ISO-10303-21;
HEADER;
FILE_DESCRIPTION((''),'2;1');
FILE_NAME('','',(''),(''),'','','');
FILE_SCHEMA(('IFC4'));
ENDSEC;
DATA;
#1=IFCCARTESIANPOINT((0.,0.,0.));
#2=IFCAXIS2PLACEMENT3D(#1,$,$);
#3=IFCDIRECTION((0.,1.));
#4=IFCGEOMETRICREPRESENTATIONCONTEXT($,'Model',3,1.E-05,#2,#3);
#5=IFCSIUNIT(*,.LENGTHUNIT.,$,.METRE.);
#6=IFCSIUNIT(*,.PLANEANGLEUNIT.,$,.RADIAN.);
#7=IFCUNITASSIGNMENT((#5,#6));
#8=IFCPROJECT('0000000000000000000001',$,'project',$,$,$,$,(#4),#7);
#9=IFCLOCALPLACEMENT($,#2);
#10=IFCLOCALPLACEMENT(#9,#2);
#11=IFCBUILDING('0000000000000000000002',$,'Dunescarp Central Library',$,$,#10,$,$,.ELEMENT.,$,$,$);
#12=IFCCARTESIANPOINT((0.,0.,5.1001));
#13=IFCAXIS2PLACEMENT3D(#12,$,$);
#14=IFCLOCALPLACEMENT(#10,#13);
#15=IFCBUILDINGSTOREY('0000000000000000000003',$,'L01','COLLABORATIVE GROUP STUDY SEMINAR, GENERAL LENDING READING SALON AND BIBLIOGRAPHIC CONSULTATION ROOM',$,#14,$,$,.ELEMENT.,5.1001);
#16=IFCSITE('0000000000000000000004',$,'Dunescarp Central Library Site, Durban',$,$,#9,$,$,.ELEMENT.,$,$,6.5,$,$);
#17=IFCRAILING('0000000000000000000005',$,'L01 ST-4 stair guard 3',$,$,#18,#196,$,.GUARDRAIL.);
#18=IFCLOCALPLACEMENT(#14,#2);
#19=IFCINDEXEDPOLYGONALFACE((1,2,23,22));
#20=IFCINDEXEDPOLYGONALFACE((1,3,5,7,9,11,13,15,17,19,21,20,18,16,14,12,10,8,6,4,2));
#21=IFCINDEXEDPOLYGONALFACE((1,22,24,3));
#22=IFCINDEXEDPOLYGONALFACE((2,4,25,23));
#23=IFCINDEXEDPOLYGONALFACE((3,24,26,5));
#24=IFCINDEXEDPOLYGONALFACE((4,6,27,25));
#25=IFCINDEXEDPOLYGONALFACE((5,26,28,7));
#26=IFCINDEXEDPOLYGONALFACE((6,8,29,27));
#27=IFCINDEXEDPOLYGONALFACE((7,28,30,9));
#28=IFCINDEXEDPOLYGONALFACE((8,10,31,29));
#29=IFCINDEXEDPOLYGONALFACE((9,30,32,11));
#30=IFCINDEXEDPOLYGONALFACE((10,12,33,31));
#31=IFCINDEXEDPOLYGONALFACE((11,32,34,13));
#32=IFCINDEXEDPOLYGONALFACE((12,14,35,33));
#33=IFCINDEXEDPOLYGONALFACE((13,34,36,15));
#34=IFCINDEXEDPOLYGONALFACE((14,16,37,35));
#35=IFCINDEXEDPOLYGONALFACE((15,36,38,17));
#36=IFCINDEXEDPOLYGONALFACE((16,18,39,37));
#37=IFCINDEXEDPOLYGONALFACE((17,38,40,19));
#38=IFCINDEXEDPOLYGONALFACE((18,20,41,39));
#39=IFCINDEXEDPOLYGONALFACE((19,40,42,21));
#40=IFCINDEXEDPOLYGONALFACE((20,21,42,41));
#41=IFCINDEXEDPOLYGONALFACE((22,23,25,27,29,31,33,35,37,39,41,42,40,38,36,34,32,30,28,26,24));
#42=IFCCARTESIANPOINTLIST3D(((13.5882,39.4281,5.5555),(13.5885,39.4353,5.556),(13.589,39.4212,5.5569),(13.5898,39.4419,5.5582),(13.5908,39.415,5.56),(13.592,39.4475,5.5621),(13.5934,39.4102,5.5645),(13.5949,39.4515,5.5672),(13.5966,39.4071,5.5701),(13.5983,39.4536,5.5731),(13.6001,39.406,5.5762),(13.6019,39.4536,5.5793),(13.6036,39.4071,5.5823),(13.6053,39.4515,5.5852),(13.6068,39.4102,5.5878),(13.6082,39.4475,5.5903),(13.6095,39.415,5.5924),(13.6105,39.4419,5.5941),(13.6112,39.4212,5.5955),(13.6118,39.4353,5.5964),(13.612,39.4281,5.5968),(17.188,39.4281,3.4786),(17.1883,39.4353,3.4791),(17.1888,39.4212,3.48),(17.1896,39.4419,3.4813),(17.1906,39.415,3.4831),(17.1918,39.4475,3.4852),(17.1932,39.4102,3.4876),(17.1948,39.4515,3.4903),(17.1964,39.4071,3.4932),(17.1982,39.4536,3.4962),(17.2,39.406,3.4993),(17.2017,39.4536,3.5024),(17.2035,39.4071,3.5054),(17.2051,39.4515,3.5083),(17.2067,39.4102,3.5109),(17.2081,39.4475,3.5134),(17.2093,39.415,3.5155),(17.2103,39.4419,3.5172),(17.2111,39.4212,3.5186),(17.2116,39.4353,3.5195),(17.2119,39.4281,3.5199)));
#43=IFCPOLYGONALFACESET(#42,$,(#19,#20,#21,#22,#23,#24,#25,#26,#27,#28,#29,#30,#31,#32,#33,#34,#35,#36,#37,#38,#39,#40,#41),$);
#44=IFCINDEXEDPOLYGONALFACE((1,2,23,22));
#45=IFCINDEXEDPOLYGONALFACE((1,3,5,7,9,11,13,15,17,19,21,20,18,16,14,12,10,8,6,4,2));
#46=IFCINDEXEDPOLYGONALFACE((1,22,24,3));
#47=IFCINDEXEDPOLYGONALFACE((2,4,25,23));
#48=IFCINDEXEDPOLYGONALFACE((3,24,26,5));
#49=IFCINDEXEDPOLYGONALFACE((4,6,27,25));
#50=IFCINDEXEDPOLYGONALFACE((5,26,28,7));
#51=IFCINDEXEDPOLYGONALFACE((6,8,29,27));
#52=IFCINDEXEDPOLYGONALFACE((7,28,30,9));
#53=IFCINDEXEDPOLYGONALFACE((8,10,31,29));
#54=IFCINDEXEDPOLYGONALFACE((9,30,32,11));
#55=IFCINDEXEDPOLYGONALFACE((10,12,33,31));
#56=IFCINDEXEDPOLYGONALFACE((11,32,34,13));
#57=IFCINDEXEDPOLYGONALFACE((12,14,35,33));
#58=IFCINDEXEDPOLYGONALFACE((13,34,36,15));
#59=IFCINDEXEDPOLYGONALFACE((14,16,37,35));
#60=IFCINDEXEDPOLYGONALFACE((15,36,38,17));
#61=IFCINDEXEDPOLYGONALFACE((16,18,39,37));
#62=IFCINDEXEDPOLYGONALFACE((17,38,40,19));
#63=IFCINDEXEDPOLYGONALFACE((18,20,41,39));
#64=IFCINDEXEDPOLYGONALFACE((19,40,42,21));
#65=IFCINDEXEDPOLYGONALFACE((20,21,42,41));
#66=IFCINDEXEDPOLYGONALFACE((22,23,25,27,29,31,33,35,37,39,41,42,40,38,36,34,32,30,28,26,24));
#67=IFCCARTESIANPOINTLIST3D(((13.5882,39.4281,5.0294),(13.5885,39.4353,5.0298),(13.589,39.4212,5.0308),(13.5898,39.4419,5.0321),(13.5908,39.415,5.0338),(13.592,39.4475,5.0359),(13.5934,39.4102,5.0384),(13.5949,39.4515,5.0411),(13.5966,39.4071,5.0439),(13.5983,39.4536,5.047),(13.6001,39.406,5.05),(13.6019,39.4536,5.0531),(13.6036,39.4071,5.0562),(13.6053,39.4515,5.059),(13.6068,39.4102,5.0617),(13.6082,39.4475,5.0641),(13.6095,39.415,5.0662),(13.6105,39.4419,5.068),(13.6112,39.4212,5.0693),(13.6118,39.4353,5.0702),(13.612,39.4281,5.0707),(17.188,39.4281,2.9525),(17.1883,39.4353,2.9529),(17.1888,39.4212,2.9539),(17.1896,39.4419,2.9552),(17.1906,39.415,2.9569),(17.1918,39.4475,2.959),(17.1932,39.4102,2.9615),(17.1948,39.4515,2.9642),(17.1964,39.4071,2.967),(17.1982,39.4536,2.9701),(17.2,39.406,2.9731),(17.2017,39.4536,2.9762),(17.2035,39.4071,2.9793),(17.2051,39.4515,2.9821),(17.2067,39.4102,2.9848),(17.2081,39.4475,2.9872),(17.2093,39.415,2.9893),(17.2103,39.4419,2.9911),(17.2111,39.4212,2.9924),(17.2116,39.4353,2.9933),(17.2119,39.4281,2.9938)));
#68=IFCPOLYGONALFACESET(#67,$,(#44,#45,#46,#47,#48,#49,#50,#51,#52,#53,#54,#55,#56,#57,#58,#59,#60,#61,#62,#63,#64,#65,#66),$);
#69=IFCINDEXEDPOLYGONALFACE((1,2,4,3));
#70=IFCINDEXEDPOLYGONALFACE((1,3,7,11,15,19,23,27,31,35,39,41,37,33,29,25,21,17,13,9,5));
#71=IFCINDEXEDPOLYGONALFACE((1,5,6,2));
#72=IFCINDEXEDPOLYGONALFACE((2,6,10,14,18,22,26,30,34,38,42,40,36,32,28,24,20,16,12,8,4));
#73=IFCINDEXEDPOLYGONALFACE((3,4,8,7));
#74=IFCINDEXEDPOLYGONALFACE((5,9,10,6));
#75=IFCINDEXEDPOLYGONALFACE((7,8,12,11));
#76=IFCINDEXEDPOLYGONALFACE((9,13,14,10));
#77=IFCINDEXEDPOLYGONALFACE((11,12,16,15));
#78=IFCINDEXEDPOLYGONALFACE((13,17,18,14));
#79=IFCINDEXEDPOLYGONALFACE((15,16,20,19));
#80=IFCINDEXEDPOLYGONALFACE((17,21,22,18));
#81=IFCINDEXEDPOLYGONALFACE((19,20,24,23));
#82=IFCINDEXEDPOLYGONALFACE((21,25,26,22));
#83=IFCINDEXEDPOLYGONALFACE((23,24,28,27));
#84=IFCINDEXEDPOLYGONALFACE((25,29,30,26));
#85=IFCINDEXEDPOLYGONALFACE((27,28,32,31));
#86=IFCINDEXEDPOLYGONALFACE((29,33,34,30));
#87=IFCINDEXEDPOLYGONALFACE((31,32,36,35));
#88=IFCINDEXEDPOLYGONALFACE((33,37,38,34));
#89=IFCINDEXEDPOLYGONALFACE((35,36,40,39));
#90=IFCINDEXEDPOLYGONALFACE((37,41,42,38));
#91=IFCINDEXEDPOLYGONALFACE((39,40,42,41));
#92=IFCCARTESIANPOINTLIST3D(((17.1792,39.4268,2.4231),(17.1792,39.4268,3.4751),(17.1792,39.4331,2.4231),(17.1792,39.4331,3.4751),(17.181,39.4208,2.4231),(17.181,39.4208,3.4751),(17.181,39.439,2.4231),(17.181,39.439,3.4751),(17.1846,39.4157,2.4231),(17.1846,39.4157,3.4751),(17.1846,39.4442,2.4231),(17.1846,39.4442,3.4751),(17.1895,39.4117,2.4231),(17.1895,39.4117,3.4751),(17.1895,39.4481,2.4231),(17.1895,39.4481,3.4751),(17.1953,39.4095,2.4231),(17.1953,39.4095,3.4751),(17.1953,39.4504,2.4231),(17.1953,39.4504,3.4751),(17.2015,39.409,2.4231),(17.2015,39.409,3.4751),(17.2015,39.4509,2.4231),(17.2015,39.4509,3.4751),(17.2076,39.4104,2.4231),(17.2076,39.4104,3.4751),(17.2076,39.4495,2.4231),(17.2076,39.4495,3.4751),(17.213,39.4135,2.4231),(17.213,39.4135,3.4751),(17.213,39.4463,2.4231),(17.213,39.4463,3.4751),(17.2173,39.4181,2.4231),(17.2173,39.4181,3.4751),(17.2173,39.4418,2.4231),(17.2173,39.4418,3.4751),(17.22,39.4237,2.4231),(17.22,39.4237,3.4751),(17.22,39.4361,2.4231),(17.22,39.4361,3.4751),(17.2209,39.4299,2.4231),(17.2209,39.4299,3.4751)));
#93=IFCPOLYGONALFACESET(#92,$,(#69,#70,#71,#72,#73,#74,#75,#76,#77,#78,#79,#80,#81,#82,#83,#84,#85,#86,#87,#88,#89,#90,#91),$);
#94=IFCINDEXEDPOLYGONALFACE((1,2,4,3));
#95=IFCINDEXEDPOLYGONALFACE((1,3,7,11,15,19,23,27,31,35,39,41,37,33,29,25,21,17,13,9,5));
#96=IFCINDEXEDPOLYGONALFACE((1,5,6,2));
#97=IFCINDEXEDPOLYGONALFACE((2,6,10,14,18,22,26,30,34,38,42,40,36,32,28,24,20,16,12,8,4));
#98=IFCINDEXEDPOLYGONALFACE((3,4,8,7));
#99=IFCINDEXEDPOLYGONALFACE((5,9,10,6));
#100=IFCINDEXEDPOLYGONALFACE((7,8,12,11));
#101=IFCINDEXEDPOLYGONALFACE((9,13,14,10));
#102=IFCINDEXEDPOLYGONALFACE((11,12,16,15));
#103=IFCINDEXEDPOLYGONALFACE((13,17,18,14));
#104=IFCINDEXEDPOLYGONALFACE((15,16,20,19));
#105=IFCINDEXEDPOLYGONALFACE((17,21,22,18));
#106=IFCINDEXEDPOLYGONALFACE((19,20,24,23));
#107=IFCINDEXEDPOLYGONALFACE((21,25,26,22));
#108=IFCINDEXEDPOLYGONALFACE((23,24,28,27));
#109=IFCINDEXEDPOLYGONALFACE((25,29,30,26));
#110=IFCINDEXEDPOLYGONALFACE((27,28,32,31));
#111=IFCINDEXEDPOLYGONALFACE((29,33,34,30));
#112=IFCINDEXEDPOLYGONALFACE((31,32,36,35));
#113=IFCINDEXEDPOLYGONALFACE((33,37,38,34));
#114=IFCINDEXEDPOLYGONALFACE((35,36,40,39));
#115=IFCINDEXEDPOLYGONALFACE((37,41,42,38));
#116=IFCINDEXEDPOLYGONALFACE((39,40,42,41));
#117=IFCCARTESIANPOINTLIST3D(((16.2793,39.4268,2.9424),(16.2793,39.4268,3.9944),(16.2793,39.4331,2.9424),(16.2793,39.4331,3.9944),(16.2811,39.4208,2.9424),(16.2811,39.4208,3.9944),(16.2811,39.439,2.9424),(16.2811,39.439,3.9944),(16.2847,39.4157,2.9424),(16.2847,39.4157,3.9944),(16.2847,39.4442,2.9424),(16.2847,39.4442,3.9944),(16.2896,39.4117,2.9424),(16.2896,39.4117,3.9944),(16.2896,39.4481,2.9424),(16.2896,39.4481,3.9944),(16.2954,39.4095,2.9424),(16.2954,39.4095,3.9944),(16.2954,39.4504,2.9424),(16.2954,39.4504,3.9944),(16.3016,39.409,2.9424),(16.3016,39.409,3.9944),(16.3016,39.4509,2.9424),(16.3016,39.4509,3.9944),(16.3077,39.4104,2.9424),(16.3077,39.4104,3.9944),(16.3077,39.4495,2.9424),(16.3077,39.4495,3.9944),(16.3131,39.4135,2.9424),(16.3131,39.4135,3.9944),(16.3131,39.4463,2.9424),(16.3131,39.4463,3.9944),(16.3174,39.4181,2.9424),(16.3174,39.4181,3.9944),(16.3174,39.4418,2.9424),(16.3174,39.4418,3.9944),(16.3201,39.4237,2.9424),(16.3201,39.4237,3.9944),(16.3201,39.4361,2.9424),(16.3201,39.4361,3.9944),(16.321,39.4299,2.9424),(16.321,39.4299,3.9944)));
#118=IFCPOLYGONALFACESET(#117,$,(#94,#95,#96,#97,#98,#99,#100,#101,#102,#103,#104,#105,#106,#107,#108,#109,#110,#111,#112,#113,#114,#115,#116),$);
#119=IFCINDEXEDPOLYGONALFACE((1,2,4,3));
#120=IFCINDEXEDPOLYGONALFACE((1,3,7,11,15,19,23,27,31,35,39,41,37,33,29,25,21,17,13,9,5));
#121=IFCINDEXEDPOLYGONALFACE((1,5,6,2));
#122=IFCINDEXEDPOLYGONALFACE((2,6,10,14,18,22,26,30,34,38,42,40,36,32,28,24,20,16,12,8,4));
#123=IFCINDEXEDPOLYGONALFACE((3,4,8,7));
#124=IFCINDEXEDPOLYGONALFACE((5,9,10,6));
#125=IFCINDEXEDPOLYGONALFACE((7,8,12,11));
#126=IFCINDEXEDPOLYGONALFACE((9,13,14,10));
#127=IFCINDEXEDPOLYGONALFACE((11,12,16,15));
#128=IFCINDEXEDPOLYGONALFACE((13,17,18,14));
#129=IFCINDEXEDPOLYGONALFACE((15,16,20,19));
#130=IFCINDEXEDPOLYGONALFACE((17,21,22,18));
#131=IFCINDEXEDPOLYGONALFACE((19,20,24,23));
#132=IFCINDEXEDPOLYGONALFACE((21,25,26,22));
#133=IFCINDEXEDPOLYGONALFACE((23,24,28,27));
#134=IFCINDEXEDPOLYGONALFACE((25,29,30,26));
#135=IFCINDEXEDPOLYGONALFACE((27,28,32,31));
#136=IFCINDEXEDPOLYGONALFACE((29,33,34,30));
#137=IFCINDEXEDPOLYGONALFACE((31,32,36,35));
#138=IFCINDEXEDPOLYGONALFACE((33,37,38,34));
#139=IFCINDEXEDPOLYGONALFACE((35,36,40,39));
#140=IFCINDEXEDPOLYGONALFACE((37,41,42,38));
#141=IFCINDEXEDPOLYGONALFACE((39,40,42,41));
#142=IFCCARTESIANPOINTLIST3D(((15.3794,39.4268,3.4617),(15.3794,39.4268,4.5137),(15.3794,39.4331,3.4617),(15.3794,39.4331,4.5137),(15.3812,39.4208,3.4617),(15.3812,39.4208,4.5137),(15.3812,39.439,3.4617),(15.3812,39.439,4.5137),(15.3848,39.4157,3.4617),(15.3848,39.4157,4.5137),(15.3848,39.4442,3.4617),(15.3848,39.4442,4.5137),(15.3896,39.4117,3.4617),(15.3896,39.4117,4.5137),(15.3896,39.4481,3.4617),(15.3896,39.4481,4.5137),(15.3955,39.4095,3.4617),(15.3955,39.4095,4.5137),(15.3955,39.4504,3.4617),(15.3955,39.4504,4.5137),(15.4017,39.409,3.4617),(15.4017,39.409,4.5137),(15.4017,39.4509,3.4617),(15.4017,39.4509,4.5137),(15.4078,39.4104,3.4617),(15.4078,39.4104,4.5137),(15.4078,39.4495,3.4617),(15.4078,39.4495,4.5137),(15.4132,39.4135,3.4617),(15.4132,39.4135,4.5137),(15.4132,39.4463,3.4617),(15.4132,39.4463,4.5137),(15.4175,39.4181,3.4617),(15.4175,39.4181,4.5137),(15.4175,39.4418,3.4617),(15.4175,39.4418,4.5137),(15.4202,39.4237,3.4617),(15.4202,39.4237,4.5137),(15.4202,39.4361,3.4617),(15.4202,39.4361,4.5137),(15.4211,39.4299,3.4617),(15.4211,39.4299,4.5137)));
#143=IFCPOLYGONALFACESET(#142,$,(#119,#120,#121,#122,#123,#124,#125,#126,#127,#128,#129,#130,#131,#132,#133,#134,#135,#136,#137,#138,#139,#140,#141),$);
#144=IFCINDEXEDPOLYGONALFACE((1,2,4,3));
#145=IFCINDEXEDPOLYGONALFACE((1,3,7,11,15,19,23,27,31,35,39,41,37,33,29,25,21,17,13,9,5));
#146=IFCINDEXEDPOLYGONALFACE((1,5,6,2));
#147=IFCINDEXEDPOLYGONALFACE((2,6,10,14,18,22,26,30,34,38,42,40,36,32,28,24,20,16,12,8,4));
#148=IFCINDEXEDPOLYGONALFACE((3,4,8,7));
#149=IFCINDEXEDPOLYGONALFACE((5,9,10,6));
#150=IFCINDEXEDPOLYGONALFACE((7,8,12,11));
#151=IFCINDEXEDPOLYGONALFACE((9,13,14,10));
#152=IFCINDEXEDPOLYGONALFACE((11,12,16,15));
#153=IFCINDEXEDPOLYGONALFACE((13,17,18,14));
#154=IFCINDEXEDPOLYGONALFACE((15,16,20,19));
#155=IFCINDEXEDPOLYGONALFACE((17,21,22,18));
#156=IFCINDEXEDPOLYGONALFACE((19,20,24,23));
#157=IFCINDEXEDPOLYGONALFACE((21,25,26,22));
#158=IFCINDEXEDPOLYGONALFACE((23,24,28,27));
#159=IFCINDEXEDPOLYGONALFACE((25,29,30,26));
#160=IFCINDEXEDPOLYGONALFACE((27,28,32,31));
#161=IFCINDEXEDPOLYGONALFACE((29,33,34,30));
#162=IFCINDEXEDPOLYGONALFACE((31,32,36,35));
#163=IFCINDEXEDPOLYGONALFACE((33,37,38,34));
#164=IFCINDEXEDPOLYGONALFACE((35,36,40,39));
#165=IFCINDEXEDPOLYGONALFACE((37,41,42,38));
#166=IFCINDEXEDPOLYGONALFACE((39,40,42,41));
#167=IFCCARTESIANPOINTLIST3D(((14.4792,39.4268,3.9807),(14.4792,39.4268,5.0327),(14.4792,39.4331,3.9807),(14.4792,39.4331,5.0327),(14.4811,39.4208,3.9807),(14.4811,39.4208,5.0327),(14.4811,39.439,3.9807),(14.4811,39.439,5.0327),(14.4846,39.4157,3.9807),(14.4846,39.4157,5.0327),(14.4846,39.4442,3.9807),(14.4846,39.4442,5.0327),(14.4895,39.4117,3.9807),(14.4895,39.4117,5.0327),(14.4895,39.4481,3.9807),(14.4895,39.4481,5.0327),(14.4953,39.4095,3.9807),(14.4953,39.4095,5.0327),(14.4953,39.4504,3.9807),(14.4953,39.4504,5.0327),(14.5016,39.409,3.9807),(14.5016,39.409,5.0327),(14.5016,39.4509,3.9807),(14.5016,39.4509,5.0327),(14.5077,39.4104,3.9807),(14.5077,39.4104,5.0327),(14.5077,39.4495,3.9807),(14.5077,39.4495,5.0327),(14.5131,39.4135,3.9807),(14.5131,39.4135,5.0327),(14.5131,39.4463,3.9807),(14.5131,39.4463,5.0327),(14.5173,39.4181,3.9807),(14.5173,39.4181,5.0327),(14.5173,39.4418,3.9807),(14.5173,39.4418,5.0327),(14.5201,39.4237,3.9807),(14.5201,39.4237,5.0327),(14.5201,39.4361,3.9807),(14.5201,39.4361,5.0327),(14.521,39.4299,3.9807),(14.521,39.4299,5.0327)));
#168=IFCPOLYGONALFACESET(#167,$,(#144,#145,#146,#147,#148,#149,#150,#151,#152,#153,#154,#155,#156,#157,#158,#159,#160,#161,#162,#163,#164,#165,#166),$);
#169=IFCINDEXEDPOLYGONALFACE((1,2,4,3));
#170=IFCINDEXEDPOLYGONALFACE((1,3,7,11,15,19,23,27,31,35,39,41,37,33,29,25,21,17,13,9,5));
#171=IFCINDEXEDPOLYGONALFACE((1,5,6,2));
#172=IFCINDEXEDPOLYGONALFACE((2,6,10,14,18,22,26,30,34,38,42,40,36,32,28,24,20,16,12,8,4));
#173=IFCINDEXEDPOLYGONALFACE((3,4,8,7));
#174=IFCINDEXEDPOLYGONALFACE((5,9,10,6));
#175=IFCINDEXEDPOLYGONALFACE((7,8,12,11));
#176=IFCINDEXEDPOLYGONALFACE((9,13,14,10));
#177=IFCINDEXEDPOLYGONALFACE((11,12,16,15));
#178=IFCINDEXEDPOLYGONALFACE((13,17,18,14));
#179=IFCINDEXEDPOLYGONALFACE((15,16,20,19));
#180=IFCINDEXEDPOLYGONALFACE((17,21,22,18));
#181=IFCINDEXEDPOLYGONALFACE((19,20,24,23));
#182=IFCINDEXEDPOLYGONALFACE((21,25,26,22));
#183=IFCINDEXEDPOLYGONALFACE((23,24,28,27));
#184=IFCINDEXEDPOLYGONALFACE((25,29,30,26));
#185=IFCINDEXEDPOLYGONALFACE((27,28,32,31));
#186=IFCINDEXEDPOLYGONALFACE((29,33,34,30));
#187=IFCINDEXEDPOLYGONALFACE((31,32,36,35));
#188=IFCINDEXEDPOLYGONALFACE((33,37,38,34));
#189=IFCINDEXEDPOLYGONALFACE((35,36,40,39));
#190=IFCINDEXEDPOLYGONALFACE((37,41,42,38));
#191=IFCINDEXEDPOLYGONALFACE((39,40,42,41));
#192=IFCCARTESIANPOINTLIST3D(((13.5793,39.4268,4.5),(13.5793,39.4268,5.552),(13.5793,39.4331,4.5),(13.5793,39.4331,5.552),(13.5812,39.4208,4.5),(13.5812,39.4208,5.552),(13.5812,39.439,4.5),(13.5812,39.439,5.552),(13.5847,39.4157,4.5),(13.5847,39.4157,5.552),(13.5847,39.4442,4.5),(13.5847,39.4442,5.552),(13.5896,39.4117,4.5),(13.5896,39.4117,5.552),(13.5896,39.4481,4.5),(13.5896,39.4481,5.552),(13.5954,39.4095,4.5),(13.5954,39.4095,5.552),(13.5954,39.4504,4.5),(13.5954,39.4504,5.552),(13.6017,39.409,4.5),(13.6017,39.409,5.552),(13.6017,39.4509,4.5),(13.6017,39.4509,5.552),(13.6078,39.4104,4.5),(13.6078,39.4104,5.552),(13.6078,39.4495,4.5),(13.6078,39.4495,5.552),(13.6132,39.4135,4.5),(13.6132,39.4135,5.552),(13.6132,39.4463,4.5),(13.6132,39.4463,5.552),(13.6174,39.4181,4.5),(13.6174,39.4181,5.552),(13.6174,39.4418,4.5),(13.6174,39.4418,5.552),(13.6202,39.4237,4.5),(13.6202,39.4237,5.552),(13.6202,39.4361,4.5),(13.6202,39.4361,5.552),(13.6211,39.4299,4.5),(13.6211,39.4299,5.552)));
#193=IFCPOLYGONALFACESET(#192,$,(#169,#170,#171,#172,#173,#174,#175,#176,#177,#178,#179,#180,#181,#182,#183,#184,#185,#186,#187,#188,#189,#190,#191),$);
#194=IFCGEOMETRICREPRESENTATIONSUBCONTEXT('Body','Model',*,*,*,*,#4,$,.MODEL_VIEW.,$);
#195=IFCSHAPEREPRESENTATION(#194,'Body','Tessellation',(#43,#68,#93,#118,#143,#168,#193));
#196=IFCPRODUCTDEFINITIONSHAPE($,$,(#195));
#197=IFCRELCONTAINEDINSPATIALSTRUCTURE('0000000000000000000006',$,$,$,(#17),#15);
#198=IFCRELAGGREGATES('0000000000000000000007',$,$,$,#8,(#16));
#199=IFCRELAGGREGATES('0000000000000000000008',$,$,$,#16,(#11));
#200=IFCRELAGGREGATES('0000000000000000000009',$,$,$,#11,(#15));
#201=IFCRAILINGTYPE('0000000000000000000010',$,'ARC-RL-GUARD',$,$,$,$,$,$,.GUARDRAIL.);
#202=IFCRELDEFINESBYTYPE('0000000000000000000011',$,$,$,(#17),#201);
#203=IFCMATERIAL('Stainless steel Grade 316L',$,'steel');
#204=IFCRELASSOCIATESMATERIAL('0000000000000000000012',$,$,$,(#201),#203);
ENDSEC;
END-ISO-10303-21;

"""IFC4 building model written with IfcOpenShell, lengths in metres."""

from ifc_helpers import new_model, si_unit, direction, frame, origin, origin_2d, place, context, subcontext, project, spatial, circle, extrude, material, type_object, element, save


model = new_model("IFC4")

# Units and contexts
model_context = context("Model", 3, precision=1e-05, world=origin(), true_north=direction((0.0, 1.0)))
body_context = subcontext(model_context, "Body", "Model", "MODEL_VIEW")
ifc_project = project(units=[si_unit("LENGTHUNIT", "METRE"), si_unit("PLANEANGLEUNIT", "RADIAN")], contexts=[model_context])

# Site, building, storey
site_placement = place(None, origin())
site = spatial("IfcSite", under=ifc_project, at=site_placement, Name="Dunescarp Central Library Site, Durban", CompositionType="ELEMENT", RefElevation=6.5)
building_placement = place(site_placement, origin())
building = spatial("IfcBuilding", under=site, at=building_placement, Name="Dunescarp Central Library", CompositionType="ELEMENT")
storey_placement = place(building_placement, frame((0.0, 0.0, 5.1001)))
storey = spatial("IfcBuildingStorey", under=building, at=storey_placement, Name="L01", Description="COLLABORATIVE GROUP STUDY SEMINAR, GENERAL LENDING READING SALON AND BIBLIOGRAPHIC CONSULTATION ROOM", CompositionType="ELEMENT", Elevation=5.1001)

# Railing
ifc_material_1 = material(Name="Stainless steel Grade 316L", Category="steel")
railing_type_1 = type_object("IfcRailingType", Name="ARC-RL-GUARD", PredefinedType="GUARDRAIL", material=ifc_material_1)
railing_1_placement = place(storey_placement, frame((17.2, 39.4299, 2.4231)))
element("IfcRailing", 1, at=railing_1_placement, inside=storey, type_object=railing_type_1, Name="L01 ST-4 stair guard 3", PredefinedType="GUARDRAIL", context=body_context, shape_type="SweptSolid", body=[
    extrude(circle(Radius=0.0239, at=origin_2d()), frame((0.0, 0.0, 1.0762), z_axis=(-0.866179, 0.0, 0.499734), x_axis=(0.0, -1.0, 0.0)), (0.0, 0.0, 1.0), 4.156),
    extrude(circle(Radius=0.0239, at=origin_2d()), frame((0.0, 0.0, 0.55), z_axis=(-0.866179, 0.0, 0.499734), x_axis=(0.0, -1.0, 0.0)), (0.0, 0.0, 1.0), 4.156),
    extrude(circle(Radius=0.021, at=origin_2d()), origin(), (0.0, 0.0, 1.0), 1.052),
    extrude(circle(Radius=0.021, at=origin_2d()), frame((-0.8999, 0.0, 0.5193)), (0.0, 0.0, 1.0), 1.052),
    extrude(circle(Radius=0.021, at=origin_2d()), frame((-1.7998, 0.0, 1.0386)), (0.0, 0.0, 1.0), 1.052),
    extrude(circle(Radius=0.021, at=origin_2d()), frame((-2.7, 0.0, 1.5576)), (0.0, 0.0, 1.0), 1.052),
    extrude(circle(Radius=0.021, at=origin_2d()), frame((-3.5999, 0.0, 2.0769)), (0.0, 0.0, 1.0), 1.052),
])

save(model, "model.ifc")
